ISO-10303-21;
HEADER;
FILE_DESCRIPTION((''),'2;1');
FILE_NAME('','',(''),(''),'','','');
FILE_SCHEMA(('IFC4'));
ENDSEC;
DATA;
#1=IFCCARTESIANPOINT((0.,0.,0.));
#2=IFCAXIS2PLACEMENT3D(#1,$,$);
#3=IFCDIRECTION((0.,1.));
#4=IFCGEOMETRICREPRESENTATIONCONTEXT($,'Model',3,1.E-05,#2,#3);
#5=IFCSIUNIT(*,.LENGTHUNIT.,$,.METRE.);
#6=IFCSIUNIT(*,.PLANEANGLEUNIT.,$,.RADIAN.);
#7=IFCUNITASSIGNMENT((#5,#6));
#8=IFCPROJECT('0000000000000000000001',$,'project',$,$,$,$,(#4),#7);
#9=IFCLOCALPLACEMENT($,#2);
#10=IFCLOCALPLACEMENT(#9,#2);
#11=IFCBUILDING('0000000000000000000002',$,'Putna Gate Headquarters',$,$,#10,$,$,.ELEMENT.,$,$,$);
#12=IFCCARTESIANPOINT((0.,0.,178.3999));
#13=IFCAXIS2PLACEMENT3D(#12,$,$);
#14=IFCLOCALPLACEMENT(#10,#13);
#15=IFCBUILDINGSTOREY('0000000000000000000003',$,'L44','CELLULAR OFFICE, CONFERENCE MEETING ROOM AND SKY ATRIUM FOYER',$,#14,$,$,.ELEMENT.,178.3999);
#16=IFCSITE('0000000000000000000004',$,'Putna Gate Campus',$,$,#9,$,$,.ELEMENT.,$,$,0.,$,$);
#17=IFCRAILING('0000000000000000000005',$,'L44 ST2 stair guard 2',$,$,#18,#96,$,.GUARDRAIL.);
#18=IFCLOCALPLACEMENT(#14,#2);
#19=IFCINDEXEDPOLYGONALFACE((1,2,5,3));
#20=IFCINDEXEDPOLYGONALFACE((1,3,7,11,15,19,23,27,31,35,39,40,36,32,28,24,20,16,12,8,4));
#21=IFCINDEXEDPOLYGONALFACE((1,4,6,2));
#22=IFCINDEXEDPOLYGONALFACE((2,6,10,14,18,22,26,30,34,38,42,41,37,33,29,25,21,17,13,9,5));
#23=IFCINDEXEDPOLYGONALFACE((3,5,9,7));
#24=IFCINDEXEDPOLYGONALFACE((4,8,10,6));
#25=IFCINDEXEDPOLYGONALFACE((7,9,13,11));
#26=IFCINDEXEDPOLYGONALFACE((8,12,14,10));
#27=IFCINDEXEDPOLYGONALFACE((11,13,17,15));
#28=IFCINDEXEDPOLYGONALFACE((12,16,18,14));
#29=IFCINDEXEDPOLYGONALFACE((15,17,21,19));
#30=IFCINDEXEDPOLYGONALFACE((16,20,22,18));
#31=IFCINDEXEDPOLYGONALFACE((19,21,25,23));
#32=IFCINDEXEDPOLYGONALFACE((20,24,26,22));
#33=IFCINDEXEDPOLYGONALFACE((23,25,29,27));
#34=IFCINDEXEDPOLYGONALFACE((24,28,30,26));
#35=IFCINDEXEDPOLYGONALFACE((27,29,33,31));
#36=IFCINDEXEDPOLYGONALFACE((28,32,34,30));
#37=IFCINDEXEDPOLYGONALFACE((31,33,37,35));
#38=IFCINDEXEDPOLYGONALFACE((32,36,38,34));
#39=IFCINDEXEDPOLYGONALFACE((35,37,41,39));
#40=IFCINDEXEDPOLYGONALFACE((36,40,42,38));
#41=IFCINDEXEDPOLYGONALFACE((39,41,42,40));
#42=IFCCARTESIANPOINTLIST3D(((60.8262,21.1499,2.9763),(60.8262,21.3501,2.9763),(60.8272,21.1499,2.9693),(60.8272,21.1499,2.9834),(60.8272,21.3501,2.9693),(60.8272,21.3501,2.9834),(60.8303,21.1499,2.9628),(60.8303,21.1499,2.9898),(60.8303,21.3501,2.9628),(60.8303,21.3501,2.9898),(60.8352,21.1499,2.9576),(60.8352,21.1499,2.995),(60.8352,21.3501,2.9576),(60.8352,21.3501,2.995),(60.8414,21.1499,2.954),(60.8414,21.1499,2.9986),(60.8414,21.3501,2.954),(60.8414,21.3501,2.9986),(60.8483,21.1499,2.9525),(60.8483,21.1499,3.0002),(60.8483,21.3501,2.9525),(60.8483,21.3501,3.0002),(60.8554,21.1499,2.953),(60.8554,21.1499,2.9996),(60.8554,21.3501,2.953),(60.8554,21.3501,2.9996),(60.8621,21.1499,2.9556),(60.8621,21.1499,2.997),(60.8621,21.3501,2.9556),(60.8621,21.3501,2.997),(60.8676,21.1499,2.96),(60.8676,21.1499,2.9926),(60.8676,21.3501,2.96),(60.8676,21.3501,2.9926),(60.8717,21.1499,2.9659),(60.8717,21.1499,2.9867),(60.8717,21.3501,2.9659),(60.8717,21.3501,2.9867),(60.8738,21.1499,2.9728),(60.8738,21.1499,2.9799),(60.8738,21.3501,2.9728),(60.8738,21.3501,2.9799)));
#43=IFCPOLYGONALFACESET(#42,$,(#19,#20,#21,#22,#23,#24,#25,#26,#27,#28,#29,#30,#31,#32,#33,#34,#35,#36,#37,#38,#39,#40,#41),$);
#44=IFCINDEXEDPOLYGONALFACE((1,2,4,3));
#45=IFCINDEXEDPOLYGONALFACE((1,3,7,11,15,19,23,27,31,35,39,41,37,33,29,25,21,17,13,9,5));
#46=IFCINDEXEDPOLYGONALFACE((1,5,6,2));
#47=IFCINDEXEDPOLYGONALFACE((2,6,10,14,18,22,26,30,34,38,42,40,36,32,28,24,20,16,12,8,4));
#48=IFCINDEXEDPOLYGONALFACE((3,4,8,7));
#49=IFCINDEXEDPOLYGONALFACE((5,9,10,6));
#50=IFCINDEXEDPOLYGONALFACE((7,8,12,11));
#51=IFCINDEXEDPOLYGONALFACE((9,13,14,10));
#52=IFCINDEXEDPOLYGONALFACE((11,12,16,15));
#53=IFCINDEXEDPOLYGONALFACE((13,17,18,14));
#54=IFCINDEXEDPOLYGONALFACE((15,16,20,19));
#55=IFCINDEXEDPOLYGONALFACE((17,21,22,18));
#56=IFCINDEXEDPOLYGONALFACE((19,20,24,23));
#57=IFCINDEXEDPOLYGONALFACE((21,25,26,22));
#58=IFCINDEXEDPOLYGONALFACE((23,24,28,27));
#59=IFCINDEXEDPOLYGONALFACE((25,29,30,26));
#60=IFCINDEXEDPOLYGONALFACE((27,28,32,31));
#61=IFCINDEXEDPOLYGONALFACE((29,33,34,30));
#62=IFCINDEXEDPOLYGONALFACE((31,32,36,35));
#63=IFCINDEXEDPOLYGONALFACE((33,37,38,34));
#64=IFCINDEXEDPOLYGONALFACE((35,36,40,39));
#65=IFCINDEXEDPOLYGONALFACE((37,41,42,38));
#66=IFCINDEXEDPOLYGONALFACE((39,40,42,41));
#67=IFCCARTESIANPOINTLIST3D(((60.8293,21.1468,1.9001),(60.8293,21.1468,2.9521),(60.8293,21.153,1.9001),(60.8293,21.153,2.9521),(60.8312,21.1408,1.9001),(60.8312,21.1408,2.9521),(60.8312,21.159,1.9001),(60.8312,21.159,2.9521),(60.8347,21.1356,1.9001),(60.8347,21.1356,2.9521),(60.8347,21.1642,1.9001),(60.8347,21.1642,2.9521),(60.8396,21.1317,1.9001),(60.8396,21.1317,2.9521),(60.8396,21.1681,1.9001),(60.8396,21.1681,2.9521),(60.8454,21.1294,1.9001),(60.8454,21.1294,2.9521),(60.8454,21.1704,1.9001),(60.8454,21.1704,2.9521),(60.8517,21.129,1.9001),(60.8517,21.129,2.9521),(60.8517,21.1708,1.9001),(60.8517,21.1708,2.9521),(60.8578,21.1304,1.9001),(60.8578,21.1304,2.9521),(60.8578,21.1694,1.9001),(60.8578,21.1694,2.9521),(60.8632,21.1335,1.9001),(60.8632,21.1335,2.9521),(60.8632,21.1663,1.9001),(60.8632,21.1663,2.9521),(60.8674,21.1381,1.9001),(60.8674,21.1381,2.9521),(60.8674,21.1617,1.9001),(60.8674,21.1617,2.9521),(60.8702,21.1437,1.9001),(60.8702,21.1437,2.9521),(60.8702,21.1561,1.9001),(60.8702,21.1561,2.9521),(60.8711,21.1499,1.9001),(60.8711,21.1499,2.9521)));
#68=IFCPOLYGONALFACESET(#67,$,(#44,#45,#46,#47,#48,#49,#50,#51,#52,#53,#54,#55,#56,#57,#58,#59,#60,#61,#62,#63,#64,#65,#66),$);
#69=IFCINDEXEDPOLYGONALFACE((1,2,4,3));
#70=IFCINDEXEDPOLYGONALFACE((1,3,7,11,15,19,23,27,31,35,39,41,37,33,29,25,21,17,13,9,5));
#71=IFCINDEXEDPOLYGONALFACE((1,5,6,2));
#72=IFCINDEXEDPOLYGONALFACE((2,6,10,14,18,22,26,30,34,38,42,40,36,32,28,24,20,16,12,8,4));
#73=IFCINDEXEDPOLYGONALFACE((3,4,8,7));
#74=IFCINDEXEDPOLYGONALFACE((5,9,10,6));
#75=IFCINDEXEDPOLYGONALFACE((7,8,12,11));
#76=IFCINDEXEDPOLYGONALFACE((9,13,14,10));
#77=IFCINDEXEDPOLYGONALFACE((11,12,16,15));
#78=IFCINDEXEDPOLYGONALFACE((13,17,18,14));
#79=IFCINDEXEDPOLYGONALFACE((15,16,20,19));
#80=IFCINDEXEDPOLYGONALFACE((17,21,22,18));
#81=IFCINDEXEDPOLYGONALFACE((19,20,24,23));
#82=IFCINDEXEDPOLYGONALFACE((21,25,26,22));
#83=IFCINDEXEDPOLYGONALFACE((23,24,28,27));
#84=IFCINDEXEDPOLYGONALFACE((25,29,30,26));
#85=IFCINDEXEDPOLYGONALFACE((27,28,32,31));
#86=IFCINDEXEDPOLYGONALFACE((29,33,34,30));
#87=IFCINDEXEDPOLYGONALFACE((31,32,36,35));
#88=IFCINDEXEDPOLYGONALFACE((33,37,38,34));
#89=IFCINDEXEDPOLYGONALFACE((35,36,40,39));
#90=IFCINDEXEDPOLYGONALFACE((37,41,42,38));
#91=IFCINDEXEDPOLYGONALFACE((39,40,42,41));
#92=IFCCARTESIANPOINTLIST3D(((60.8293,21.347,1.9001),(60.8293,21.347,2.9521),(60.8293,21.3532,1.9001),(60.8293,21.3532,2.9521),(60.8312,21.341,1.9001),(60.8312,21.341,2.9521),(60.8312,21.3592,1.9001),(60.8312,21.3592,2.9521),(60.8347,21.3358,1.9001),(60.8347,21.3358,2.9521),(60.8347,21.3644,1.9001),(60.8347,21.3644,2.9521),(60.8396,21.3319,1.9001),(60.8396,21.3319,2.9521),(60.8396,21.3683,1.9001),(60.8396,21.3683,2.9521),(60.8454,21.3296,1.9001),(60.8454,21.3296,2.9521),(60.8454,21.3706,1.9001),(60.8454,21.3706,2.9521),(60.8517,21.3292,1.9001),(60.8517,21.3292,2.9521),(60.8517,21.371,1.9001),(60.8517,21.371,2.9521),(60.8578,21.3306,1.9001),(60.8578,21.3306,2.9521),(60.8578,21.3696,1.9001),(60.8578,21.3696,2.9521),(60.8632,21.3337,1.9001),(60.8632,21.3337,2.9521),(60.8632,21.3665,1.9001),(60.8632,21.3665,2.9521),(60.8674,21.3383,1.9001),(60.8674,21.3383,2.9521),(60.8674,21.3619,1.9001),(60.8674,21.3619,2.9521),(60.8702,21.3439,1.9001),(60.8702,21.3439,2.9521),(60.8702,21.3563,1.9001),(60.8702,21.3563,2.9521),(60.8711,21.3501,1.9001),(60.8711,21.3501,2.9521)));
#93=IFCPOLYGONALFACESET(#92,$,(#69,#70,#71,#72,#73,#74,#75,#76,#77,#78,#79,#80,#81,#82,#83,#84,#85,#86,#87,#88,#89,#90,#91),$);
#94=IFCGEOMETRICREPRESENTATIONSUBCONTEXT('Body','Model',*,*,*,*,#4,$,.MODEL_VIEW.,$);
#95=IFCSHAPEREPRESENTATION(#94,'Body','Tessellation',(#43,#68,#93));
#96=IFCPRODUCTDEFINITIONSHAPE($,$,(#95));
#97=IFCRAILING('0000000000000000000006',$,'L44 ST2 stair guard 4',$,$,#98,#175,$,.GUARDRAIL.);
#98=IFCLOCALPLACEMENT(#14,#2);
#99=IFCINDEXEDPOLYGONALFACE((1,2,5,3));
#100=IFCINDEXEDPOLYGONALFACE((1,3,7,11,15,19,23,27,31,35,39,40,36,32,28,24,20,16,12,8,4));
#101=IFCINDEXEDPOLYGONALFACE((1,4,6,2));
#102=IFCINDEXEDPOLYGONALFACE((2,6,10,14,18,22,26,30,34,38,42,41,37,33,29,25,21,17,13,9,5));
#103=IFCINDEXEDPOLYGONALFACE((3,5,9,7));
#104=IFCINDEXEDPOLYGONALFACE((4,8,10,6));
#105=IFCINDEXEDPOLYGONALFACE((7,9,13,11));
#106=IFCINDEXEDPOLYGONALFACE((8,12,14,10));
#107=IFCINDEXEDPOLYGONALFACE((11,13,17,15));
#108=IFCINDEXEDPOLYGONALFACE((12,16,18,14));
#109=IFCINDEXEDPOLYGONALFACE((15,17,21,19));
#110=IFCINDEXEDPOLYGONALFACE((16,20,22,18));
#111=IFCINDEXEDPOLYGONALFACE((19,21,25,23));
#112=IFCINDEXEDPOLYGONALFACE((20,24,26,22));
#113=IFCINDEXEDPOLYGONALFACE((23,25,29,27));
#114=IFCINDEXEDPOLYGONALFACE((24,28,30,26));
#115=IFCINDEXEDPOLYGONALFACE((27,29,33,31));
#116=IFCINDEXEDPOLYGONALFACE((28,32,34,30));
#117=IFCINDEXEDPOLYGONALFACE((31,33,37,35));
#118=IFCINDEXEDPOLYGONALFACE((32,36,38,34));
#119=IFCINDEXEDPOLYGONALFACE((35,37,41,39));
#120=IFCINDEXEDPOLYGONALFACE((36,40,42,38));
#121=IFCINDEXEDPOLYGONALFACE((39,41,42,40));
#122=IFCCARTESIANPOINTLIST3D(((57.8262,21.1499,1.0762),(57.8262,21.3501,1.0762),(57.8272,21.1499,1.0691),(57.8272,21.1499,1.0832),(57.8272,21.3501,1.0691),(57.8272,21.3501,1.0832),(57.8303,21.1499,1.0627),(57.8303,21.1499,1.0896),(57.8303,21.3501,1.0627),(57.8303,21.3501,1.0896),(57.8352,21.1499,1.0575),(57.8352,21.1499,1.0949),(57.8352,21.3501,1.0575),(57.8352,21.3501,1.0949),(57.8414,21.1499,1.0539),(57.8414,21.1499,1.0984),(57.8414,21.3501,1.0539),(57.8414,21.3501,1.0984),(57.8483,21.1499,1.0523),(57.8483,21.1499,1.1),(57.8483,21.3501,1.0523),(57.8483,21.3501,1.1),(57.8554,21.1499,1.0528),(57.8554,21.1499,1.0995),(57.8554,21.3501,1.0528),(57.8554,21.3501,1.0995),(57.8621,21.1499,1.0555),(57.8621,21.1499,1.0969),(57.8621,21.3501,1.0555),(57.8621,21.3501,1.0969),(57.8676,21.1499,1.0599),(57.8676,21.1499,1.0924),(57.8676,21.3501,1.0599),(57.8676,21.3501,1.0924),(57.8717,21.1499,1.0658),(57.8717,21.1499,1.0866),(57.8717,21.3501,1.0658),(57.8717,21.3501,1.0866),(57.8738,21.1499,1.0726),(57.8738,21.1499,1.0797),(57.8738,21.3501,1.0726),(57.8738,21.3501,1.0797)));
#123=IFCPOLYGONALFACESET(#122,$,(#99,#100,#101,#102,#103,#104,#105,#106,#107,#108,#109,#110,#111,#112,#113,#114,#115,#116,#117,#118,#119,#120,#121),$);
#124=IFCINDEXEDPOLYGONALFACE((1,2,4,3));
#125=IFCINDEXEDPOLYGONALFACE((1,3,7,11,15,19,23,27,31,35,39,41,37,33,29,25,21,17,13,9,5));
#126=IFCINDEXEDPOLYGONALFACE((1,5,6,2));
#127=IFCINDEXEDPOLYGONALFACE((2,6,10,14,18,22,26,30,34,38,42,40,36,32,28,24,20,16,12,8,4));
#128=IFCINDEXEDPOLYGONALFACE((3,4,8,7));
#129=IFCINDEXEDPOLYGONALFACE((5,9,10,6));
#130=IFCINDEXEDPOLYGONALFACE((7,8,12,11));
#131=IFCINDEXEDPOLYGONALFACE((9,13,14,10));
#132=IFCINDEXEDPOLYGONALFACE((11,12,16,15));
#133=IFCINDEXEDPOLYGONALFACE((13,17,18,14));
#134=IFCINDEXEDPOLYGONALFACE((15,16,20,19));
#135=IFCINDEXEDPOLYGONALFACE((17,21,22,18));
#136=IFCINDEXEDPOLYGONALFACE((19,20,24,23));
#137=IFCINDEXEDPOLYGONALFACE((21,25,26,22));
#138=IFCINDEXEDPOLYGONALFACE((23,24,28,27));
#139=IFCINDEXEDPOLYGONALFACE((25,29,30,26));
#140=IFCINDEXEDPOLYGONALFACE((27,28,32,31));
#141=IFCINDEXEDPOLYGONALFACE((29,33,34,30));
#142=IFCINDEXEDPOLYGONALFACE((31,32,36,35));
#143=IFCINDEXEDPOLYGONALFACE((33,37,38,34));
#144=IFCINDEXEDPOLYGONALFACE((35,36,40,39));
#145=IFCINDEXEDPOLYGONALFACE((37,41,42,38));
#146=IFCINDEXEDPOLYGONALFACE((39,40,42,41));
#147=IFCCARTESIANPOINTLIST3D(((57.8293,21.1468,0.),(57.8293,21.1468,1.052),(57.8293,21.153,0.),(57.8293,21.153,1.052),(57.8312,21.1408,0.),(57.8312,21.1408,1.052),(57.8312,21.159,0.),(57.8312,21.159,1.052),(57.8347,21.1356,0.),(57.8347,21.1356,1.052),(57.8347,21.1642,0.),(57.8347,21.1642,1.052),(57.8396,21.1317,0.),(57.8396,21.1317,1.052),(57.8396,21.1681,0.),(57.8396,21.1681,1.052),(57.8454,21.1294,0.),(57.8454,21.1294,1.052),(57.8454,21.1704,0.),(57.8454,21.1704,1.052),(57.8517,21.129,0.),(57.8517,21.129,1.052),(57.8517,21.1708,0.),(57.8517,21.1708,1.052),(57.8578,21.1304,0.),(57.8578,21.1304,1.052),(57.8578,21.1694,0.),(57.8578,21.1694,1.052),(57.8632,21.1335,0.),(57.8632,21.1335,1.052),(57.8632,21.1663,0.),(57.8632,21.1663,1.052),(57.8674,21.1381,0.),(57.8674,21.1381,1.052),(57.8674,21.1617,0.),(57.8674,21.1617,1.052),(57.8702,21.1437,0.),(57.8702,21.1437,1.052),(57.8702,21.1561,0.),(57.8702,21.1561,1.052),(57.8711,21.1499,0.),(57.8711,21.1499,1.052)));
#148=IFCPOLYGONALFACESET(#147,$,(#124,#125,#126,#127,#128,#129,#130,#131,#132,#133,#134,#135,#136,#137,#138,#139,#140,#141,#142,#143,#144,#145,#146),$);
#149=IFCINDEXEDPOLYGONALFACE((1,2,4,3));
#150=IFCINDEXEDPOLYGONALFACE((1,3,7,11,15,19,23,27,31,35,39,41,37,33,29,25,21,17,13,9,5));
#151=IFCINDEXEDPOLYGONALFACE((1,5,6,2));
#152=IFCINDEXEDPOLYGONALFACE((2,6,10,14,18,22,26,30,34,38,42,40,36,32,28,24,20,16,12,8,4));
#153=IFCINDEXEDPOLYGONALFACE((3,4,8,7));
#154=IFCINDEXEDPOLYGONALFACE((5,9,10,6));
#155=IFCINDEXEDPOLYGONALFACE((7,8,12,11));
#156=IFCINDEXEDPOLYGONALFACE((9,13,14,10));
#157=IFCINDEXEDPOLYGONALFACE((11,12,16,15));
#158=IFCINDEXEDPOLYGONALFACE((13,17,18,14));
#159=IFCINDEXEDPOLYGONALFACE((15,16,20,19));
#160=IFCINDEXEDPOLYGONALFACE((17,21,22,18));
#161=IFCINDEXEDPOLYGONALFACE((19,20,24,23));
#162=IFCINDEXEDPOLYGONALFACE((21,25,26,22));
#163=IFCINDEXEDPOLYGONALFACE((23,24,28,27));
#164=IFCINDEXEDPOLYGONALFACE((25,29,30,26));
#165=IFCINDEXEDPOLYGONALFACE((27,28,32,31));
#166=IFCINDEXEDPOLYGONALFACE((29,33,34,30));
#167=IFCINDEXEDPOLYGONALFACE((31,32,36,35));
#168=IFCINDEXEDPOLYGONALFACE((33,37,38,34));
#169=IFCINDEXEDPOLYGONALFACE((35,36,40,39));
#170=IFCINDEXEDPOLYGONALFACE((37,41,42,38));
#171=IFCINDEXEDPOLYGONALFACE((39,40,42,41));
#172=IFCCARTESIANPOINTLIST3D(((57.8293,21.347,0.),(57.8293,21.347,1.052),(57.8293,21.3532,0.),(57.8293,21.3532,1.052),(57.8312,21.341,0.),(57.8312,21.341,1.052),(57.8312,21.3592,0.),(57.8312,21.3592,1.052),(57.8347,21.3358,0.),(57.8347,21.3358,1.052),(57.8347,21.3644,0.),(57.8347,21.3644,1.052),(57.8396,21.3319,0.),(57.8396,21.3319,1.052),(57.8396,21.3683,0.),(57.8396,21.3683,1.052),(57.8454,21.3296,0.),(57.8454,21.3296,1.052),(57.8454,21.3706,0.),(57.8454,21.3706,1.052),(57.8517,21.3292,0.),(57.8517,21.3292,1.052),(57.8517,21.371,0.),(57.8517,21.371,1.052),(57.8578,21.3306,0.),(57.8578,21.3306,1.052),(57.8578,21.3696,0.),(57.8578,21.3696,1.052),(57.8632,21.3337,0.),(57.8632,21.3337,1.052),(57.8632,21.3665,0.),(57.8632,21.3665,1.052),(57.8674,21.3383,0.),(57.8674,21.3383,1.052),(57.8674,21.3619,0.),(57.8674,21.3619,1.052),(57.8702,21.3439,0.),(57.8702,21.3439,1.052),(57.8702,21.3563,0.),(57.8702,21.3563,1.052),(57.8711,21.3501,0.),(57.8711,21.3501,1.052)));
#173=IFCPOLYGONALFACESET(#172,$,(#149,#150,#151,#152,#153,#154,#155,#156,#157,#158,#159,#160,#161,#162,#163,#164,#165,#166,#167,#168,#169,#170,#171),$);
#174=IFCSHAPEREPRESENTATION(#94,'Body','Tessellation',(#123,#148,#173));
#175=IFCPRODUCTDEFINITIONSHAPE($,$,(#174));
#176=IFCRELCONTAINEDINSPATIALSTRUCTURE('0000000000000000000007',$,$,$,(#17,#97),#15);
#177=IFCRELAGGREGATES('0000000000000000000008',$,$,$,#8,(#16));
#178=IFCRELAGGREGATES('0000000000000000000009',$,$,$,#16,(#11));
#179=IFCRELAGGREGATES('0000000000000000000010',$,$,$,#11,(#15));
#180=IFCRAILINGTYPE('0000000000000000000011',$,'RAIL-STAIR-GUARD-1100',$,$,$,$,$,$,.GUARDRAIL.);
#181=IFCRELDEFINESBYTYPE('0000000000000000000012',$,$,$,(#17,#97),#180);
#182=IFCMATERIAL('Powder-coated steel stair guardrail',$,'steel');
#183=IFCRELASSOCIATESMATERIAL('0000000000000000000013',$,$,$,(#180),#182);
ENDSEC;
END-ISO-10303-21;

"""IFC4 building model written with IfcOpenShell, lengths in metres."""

from ifc_helpers import new_model, si_unit, direction, frame, origin, origin_2d, place, context, subcontext, project, spatial, circle, extrude, material, type_object, element, save


model = new_model("IFC4")

# Units and contexts
model_context = context("Model", 3, precision=1e-05, world=origin(), true_north=direction((0.0, 1.0)))
body_context = subcontext(model_context, "Body", "Model", "MODEL_VIEW")
ifc_project = project(units=[si_unit("LENGTHUNIT", "METRE"), si_unit("PLANEANGLEUNIT", "RADIAN")], contexts=[model_context])

# Site, building, storey
site_placement = place(None, origin())
site = spatial("IfcSite", under=ifc_project, at=site_placement, Name="Putna Gate Campus", CompositionType="ELEMENT", RefElevation=0.0)
building_placement = place(site_placement, origin())
building = spatial("IfcBuilding", under=site, at=building_placement, Name="Putna Gate Headquarters", CompositionType="ELEMENT")
storey_placement = place(building_placement, frame((0.0, 0.0, 178.3999)))
storey = spatial("IfcBuildingStorey", under=building, at=storey_placement, Name="L44", Description="CELLULAR OFFICE, CONFERENCE MEETING ROOM AND SKY ATRIUM FOYER", CompositionType="ELEMENT", Elevation=178.3999)

# Railings
ifc_material_1 = material(Name="Powder-coated steel stair guardrail", Category="steel")
railing_type_1 = type_object("IfcRailingType", Name="RAIL-STAIR-GUARD-1100", PredefinedType="GUARDRAIL", material=ifc_material_1)
for number, where, name in (
    (1, (60.8501, 21.1499, 1.9001), "L44 ST2 stair guard 2"),
    (2, (57.8501, 21.1499, 0.0), "L44 ST2 stair guard 4"),
):
    element("IfcRailing", number, at=place(storey_placement, frame(where)), inside=storey, type_object=railing_type_1, Name=name, PredefinedType="GUARDRAIL", context=body_context, shape_type="SweptSolid", body=[
        extrude(circle(Radius=0.0239, at=origin_2d()), frame((0.0, 0.0, 1.0762), z_axis=(0.0, 1.0, 0.0), x_axis=(-1.0, 0.0, 0.0)), (0.0, 0.0, 1.0), 0.2002),
        extrude(circle(Radius=0.021, at=origin_2d()), origin(), (0.0, 0.0, 1.0), 1.052),
        extrude(circle(Radius=0.021, at=origin_2d()), frame((0.0, 0.2002, 0.0)), (0.0, 0.0, 1.0), 1.052),
    ])

save(model, "model.ifc")
